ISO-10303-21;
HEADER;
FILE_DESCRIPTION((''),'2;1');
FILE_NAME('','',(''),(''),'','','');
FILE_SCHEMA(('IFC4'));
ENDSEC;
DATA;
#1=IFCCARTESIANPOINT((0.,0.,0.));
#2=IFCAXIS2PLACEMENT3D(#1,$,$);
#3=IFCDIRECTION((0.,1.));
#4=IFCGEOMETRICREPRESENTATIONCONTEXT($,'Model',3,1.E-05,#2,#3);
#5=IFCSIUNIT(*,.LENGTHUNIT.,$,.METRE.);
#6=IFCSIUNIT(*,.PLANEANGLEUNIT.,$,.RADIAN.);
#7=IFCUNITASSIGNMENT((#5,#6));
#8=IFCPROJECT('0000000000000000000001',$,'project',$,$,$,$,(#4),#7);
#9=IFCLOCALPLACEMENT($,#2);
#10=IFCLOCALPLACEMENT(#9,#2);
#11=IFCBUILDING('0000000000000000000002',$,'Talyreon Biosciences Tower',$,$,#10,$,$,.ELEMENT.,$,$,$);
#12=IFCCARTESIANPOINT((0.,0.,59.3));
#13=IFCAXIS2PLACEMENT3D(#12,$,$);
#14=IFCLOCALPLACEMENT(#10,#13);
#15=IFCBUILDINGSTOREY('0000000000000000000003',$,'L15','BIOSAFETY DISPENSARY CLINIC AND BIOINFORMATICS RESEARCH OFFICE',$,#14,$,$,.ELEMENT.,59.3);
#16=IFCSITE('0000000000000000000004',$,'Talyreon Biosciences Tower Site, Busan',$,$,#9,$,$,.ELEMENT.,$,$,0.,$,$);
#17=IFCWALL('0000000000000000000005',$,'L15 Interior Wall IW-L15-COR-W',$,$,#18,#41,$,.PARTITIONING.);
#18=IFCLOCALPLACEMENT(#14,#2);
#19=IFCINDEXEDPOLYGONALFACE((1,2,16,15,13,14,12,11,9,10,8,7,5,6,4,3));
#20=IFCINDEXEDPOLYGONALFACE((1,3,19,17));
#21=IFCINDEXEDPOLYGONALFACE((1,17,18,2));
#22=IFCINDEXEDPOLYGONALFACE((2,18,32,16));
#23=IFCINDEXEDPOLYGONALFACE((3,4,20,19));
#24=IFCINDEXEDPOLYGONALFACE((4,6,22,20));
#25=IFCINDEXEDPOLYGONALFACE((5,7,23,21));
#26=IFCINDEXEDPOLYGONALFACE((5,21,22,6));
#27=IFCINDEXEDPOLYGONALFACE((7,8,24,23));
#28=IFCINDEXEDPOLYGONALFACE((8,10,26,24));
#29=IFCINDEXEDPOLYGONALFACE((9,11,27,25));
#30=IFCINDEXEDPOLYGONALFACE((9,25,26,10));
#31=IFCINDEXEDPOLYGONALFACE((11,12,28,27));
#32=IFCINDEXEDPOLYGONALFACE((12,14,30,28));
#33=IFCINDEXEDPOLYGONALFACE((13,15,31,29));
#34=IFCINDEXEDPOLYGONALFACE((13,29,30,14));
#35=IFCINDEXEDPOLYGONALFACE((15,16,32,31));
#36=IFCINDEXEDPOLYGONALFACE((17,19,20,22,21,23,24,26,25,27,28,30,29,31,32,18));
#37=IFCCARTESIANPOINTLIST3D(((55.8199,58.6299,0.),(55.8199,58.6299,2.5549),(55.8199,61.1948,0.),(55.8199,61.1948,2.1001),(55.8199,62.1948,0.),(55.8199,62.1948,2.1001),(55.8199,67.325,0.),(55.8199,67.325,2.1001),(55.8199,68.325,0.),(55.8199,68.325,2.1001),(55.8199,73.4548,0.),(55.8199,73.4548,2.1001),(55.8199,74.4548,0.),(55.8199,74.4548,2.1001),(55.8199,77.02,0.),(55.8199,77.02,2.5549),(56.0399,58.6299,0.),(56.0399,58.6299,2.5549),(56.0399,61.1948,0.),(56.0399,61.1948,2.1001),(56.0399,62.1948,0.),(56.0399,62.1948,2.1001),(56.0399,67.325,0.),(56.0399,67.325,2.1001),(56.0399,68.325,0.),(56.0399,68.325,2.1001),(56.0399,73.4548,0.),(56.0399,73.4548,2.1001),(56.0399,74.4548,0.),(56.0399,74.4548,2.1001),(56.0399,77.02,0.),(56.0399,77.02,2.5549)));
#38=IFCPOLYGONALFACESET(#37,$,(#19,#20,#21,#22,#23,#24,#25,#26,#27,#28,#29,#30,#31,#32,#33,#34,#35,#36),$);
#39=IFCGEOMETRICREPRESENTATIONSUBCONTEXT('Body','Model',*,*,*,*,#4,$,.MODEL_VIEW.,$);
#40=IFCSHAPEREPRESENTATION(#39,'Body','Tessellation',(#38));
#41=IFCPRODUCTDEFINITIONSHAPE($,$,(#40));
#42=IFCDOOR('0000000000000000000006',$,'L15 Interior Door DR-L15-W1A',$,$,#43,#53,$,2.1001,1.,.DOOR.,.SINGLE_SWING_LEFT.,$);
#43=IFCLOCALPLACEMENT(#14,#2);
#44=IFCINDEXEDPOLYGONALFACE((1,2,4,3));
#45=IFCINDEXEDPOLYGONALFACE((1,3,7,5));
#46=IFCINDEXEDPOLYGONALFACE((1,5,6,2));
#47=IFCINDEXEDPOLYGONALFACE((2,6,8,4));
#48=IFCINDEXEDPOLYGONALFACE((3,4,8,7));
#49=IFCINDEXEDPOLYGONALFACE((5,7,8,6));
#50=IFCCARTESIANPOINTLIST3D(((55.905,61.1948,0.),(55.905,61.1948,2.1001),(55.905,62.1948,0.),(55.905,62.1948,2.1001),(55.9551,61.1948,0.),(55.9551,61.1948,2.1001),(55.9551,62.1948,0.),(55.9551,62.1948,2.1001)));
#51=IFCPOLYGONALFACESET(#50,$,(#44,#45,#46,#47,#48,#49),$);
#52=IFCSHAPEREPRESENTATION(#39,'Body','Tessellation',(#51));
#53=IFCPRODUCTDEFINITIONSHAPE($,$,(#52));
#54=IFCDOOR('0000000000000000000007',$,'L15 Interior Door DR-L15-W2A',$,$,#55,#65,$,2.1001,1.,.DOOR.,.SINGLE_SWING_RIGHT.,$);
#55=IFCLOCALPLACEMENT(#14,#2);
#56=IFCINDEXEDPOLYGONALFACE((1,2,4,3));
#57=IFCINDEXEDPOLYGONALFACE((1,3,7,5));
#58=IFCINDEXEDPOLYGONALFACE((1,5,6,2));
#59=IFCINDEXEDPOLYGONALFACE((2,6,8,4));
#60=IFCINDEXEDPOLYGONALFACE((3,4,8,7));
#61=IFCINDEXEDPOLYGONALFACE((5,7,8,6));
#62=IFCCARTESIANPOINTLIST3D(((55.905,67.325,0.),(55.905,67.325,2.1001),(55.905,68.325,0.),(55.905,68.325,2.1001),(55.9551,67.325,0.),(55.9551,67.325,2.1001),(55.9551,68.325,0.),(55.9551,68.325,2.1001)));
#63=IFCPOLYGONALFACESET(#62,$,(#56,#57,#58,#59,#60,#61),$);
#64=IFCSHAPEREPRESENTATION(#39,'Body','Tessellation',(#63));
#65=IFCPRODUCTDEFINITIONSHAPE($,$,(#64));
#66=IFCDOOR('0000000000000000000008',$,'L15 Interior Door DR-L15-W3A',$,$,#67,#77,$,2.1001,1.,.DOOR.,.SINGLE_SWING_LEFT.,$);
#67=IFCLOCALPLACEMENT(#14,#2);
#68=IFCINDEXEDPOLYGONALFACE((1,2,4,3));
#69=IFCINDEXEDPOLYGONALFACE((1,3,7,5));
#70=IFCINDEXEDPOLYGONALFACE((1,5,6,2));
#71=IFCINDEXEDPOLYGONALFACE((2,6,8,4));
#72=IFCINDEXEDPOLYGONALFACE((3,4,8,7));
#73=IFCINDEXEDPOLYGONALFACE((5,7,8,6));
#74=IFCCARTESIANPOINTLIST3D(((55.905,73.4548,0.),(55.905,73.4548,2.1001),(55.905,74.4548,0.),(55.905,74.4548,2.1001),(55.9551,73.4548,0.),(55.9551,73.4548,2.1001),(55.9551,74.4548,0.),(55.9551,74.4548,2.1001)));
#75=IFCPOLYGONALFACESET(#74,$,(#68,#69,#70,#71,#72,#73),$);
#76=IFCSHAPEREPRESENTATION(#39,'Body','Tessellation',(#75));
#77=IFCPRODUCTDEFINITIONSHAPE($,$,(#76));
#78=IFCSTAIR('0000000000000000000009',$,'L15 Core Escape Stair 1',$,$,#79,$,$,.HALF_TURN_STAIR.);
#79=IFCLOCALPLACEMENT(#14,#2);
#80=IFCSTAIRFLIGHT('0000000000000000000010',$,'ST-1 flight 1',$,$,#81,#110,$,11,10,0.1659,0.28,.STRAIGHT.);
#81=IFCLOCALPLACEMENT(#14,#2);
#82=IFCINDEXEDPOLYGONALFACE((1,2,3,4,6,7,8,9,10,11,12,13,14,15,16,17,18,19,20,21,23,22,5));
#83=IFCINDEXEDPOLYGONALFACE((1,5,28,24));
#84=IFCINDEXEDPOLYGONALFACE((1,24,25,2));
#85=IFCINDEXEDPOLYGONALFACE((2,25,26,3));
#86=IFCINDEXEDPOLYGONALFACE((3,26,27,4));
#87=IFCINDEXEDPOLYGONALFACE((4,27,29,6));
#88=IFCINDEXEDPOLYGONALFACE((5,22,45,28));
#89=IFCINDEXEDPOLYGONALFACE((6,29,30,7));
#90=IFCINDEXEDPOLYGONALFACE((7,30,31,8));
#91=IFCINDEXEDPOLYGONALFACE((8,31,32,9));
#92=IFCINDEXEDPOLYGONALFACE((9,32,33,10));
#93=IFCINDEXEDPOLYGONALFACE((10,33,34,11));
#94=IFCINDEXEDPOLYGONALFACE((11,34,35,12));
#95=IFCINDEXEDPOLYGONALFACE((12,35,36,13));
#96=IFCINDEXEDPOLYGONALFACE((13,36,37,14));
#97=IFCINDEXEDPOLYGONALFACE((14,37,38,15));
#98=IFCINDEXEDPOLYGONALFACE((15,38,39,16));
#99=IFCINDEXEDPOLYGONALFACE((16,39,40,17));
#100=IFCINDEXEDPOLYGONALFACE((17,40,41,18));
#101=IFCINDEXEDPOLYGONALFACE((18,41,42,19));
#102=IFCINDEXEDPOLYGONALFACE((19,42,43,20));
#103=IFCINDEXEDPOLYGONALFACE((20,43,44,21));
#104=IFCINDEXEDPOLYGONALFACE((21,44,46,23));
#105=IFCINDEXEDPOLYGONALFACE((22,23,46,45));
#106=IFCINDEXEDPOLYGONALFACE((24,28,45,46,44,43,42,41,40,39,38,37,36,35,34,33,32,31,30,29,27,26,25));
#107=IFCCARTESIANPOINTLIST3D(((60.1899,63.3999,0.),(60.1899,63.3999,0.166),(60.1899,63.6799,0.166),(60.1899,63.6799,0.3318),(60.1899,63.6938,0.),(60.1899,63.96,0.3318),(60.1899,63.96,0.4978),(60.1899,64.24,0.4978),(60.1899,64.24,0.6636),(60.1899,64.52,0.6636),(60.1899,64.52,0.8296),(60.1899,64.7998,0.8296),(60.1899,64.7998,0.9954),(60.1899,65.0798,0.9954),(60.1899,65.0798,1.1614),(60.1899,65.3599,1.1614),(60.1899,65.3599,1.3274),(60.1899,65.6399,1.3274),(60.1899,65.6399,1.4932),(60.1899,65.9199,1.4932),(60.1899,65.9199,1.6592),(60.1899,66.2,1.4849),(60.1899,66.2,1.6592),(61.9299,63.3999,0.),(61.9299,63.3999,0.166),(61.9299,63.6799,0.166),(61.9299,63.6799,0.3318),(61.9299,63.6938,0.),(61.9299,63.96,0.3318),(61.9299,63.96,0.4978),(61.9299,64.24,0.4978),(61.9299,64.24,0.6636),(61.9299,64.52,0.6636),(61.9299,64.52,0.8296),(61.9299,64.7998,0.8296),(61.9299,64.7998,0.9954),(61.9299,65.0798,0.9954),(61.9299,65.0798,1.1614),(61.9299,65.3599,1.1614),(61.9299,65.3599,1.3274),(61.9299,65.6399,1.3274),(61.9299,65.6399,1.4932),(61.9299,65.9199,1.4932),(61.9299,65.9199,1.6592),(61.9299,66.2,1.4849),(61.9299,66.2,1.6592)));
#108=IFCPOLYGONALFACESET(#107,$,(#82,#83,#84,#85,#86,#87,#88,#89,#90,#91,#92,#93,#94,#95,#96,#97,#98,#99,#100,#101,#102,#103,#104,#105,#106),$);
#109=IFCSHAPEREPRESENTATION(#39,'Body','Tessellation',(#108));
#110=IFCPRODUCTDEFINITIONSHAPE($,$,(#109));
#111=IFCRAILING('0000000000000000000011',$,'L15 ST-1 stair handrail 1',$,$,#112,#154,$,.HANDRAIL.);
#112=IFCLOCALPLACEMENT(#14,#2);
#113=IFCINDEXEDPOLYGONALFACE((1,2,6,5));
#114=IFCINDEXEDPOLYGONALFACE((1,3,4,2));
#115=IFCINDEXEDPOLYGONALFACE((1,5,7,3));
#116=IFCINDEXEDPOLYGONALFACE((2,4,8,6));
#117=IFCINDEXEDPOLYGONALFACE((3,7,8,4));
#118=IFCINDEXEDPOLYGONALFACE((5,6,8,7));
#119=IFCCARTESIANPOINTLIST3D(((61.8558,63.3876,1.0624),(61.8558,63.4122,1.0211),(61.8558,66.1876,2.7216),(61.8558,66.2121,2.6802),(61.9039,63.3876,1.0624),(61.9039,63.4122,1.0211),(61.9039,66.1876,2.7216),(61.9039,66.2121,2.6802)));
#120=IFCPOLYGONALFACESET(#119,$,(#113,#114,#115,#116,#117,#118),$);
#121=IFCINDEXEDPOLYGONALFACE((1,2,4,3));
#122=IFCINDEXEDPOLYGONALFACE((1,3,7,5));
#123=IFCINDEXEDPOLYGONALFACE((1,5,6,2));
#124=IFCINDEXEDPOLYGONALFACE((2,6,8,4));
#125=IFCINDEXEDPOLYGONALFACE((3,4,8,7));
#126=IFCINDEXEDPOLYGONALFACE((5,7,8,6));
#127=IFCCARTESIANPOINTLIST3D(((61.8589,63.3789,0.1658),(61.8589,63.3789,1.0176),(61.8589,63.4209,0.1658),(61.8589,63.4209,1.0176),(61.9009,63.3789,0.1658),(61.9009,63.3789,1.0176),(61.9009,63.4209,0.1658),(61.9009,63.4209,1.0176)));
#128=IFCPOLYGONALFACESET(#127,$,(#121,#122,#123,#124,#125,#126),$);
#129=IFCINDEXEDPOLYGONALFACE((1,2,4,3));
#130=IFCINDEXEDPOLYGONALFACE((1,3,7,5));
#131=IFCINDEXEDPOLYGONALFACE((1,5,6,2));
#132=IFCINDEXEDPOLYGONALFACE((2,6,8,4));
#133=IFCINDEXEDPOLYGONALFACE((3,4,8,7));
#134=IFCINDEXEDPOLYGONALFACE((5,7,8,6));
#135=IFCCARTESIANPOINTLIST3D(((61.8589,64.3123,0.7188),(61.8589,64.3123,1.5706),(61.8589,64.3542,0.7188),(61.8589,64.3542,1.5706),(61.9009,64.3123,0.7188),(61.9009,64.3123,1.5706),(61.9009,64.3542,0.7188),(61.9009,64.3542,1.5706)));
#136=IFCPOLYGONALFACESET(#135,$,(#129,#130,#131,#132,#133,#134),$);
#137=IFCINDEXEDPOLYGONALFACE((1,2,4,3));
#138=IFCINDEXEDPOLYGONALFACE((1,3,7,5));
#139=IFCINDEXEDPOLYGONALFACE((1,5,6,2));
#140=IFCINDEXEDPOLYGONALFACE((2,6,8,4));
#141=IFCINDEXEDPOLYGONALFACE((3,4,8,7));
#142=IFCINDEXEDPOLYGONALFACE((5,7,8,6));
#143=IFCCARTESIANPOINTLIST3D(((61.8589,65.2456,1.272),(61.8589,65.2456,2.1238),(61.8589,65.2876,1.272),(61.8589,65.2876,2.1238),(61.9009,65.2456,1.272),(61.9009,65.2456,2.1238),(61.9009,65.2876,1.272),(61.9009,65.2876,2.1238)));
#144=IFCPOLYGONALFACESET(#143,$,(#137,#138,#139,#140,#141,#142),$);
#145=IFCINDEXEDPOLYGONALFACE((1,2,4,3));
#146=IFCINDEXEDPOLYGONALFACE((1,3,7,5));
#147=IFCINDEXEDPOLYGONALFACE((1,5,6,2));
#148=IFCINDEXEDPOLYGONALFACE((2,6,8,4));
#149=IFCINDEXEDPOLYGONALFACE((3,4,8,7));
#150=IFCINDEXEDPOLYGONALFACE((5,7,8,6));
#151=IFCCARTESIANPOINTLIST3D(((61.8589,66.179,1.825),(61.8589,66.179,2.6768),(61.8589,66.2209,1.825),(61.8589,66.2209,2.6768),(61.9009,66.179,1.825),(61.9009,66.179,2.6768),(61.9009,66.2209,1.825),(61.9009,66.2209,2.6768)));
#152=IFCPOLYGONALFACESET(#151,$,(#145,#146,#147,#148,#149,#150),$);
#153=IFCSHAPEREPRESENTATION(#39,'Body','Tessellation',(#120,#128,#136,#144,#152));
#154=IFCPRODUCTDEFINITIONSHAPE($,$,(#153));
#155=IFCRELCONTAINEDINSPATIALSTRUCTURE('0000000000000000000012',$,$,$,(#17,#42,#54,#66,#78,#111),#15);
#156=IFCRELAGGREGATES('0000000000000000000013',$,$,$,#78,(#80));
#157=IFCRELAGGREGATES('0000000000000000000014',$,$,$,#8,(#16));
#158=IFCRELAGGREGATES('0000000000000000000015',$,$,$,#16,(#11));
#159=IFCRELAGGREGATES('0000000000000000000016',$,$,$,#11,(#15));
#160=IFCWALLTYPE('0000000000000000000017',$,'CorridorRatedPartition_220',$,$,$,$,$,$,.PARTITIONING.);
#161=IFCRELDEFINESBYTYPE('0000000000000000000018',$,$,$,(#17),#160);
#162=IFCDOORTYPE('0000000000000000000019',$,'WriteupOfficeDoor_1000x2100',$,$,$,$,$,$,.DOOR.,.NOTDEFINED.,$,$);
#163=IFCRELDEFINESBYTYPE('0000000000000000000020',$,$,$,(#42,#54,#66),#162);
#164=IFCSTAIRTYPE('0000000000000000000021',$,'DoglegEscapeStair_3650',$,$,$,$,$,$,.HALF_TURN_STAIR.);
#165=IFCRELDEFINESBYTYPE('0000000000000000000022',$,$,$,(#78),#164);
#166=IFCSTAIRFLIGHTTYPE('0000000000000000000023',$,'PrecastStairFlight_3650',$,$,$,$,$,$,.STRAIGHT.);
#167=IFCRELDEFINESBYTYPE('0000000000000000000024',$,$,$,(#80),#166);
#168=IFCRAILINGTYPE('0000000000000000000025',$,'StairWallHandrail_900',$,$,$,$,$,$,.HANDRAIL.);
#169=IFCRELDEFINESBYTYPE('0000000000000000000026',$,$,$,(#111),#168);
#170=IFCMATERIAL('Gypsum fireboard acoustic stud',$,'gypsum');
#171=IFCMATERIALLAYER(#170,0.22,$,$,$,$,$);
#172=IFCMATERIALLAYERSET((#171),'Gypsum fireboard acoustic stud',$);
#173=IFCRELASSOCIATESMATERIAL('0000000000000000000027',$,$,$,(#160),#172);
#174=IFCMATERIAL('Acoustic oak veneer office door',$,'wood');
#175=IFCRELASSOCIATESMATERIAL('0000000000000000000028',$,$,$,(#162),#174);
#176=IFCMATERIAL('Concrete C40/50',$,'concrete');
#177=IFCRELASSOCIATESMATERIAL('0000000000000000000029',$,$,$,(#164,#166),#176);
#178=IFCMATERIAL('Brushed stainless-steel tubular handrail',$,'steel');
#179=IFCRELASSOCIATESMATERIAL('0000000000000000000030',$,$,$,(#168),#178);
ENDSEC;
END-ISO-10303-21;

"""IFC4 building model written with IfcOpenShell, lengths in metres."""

from ifc_helpers import new_model, si_unit, direction, frame, frame_2d, origin, origin_2d, place, context, subcontext, project, spatial, polyline, rectangle, outline, extrude, material, layer, layer_set, type_object, element, fill, aggregate, save


model = new_model("IFC4")

# Units and contexts
model_context = context("Model", 3, precision=1e-05, world=origin(), true_north=direction((0.0, 1.0)))
body_context = subcontext(model_context, "Body", "Model", "MODEL_VIEW")
ifc_project = project(units=[si_unit("LENGTHUNIT", "METRE"), si_unit("PLANEANGLEUNIT", "RADIAN")], contexts=[model_context])

# Site, building, storey
site_placement = place(None, origin())
site = spatial("IfcSite", under=ifc_project, at=site_placement, Name="Talyreon Biosciences Tower Site, Busan", CompositionType="ELEMENT", RefElevation=0.0)
building_placement = place(site_placement, origin())
building = spatial("IfcBuilding", under=site, at=building_placement, Name="Talyreon Biosciences Tower", CompositionType="ELEMENT")
storey_placement = place(building_placement, frame((0.0, 0.0, 59.3)))
storey = spatial("IfcBuildingStorey", under=building, at=storey_placement, Name="L15", Description="BIOSAFETY DISPENSARY CLINIC AND BIOINFORMATICS RESEARCH OFFICE", CompositionType="ELEMENT", Elevation=59.3)

# Wall, openings, doors
ifc_material_1 = material(Name="Gypsum fireboard acoustic stud", Category="gypsum")
ifc_layer_1 = layer(ifc_material_1, 0.22)
ifc_layer_set_1 = layer_set([ifc_layer_1], Name="Gypsum fireboard acoustic stud")
wall_type_1 = type_object("IfcWallType", Name="CorridorRatedPartition_220", PredefinedType="PARTITIONING", material=ifc_layer_set_1)
wall_1_placement = place(storey_placement, frame((55.9299, 58.6299, 0.0), z_axis=(0.0, 0.0, 1.0), x_axis=(0.0, 1.0, 0.0)))
wall_1 = element("IfcWall", 1, at=wall_1_placement, inside=storey, type_object=wall_type_1, Name="L15 Interior Wall IW-L15-COR-W", PredefinedType="PARTITIONING", context=body_context, shape_type="SweptSolid", body=[
    extrude(rectangle(XDim=18.3901, YDim=0.22, at=frame_2d((9.1951, 0.0))), origin(), (0.0, 0.0, 1.0), 2.5549),
])
opening_1_placement = place(wall_1_placement, frame((2.5649, 0.0, 0.0)))
opening_1 = element("IfcOpeningElement", 2, at=opening_1_placement, cuts=wall_1, PredefinedType="OPENING", context=body_context, shape_type="SweptSolid", body=[
    extrude(rectangle(XDim=1.0, YDim=2.1001, at=frame_2d((0.5, 1.05))), frame((0.0, 0.1199, 0.0), z_axis=(0.0, -1.0, 0.0), x_axis=(1.0, 0.0, 0.0)), (0.0, 0.0, 1.0), 0.24),
])
opening_2_placement = place(wall_1_placement, frame((8.6951, 0.0, 0.0)))
opening_2 = element("IfcOpeningElement", 3, at=opening_2_placement, cuts=wall_1, PredefinedType="OPENING", context=body_context, shape_type="SweptSolid", body=[
    extrude(rectangle(XDim=1.0, YDim=2.1001, at=frame_2d((0.5, 1.05))), frame((0.0, 0.1199, 0.0), z_axis=(0.0, -1.0, 0.0), x_axis=(1.0, 0.0, 0.0)), (0.0, 0.0, 1.0), 0.24),
])
opening_3_placement = place(wall_1_placement, frame((14.825, 0.0, 0.0)))
opening_3 = element("IfcOpeningElement", 4, at=opening_3_placement, cuts=wall_1, PredefinedType="OPENING", context=body_context, shape_type="SweptSolid", body=[
    extrude(rectangle(XDim=1.0, YDim=2.1001, at=frame_2d((0.5, 1.05))), frame((0.0, 0.1199, 0.0), z_axis=(0.0, -1.0, 0.0), x_axis=(1.0, 0.0, 0.0)), (0.0, 0.0, 1.0), 0.24),
])
ifc_material_2 = material(Name="Acoustic oak veneer office door", Category="wood")
door_type_1 = type_object("IfcDoorType", Name="WriteupOfficeDoor_1000x2100", OperationType="NOTDEFINED", PredefinedType="DOOR", material=ifc_material_2)
door_1_placement = place(opening_1_placement, origin())
door_1 = element("IfcDoor", 5, at=door_1_placement, inside=storey, type_object=door_type_1, Name="L15 Interior Door DR-L15-W1A", OperationType="SINGLE_SWING_LEFT", OverallHeight=2.1001, OverallWidth=1.0, PredefinedType="DOOR", context=body_context, shape_type="SweptSolid", body=[
    extrude(rectangle(XDim=1.0, YDim=2.1001, at=frame_2d((0.5, 1.05))), frame((0.0, 0.0249, 0.0), z_axis=(0.0, -1.0, 0.0), x_axis=(1.0, 0.0, 0.0)), (0.0, 0.0, 1.0), 0.05),
])
fill(opening_1, door_1)
door_2_placement = place(opening_2_placement, origin())
door_2 = element("IfcDoor", 6, at=door_2_placement, inside=storey, type_object=door_type_1, Name="L15 Interior Door DR-L15-W2A", OperationType="SINGLE_SWING_RIGHT", OverallHeight=2.1001, OverallWidth=1.0, PredefinedType="DOOR", context=body_context, shape_type="SweptSolid", body=[
    extrude(rectangle(XDim=1.0, YDim=2.1001, at=frame_2d((0.5, 1.05))), frame((0.0, 0.0249, 0.0), z_axis=(0.0, -1.0, 0.0), x_axis=(1.0, 0.0, 0.0)), (0.0, 0.0, 1.0), 0.05),
])
fill(opening_2, door_2)
door_3_placement = place(opening_3_placement, origin())
door_3 = element("IfcDoor", 7, at=door_3_placement, inside=storey, type_object=door_type_1, Name="L15 Interior Door DR-L15-W3A", OperationType="SINGLE_SWING_LEFT", OverallHeight=2.1001, OverallWidth=1.0, PredefinedType="DOOR", context=body_context, shape_type="SweptSolid", body=[
    extrude(rectangle(XDim=1.0, YDim=2.1001, at=frame_2d((0.5, 1.05))), frame((0.0, 0.0249, 0.0), z_axis=(0.0, -1.0, 0.0), x_axis=(1.0, 0.0, 0.0)), (0.0, 0.0, 1.0), 0.05),
])
fill(opening_3, door_3)

# Stair, stair flight
ifc_material_3 = material(Name="Concrete C40/50", Category="concrete")
stair_type = type_object("IfcStairType", Name="DoglegEscapeStair_3650", PredefinedType="HALF_TURN_STAIR", material=ifc_material_3)
stair_placement = place(storey_placement, origin())
stair = element("IfcStair", 8, at=stair_placement, inside=storey, type_object=stair_type, Name="L15 Core Escape Stair 1", PredefinedType="HALF_TURN_STAIR")
stair_flight_type = type_object("IfcStairFlightType", Name="PrecastStairFlight_3650", PredefinedType="STRAIGHT", material=ifc_material_3)
stair_flight_placement = place(storey_placement, frame((61.0601, 63.3999, 0.0), z_axis=(0.0, 0.0, 1.0), x_axis=(0.0, 1.0, 0.0)))
stair_flight = element("IfcStairFlight", 9, at=stair_flight_placement, type_object=stair_flight_type, Name="ST-1 flight 1", NumberOfRisers=11, NumberOfTreads=10, PredefinedType="STRAIGHT", RiserHeight=0.1659, TreadLength=0.28, context=body_context, shape_type="SweptSolid", body=[
    extrude(outline(polyline([(0.0, 0.0), (0.0, 0.166), (0.28, 0.166), (0.28, 0.3318), (0.5601, 0.3318), (0.5601, 0.4978), (0.8401, 0.4978), (0.8401, 0.6636), (1.1201, 0.6636), (1.1201, 0.8296), (1.3999, 0.8296), (1.3999, 0.9954), (1.6799, 0.9954), (1.6799, 1.1614), (1.96, 1.1614), (1.96, 1.3274), (2.24, 1.3274), (2.24, 1.4932), (2.52, 1.4932), (2.52, 1.6592), (2.8, 1.6592), (2.8, 1.825), (2.8, 1.4849), (0.2939, 0.0), (0.0, 0.0)])), frame((0.0, 0.8701, 0.0), z_axis=(0.0, -1.0, 0.0), x_axis=(1.0, 0.0, 0.0)), (0.0, 0.0, 1.0), 1.74),
])
aggregate(stair, [stair_flight])

# Railing
ifc_material_4 = material(Name="Brushed stainless-steel tubular handrail", Category="steel")
railing_type_1 = type_object("IfcRailingType", Name="StairWallHandrail_900", PredefinedType="HANDRAIL", material=ifc_material_4)
railing_1_placement = place(storey_placement, frame((61.8799, 63.3999, 0.1658)))
element("IfcRailing", 10, at=railing_1_placement, inside=storey, type_object=railing_type_1, Name="L15 ST-1 stair handrail 1", PredefinedType="HANDRAIL", context=body_context, shape_type="SweptSolid", body=[
    extrude(rectangle(XDim=0.0481, YDim=0.0481, at=origin_2d()), frame((0.0, 0.0, 0.876), z_axis=(0.0, 0.860306, 0.509778), x_axis=(-1.0, 0.0, 0.0)), (0.0, 0.0, 1.0), 3.2546),
    extrude(rectangle(XDim=0.042, YDim=0.042, at=origin_2d()), origin(), (0.0, 0.0, 1.0), 0.8518),
    extrude(rectangle(XDim=0.042, YDim=0.042, at=origin_2d()), frame((0.0, 0.9333, 0.553)), (0.0, 0.0, 1.0), 0.8518),
    extrude(rectangle(XDim=0.042, YDim=0.042, at=origin_2d()), frame((0.0, 1.8667, 1.1062)), (0.0, 0.0, 1.0), 0.8518),
    extrude(rectangle(XDim=0.042, YDim=0.042, at=origin_2d()), frame((0.0, 2.8, 1.6592)), (0.0, 0.0, 1.0), 0.8518),
])

save(model, "model.ifc")
